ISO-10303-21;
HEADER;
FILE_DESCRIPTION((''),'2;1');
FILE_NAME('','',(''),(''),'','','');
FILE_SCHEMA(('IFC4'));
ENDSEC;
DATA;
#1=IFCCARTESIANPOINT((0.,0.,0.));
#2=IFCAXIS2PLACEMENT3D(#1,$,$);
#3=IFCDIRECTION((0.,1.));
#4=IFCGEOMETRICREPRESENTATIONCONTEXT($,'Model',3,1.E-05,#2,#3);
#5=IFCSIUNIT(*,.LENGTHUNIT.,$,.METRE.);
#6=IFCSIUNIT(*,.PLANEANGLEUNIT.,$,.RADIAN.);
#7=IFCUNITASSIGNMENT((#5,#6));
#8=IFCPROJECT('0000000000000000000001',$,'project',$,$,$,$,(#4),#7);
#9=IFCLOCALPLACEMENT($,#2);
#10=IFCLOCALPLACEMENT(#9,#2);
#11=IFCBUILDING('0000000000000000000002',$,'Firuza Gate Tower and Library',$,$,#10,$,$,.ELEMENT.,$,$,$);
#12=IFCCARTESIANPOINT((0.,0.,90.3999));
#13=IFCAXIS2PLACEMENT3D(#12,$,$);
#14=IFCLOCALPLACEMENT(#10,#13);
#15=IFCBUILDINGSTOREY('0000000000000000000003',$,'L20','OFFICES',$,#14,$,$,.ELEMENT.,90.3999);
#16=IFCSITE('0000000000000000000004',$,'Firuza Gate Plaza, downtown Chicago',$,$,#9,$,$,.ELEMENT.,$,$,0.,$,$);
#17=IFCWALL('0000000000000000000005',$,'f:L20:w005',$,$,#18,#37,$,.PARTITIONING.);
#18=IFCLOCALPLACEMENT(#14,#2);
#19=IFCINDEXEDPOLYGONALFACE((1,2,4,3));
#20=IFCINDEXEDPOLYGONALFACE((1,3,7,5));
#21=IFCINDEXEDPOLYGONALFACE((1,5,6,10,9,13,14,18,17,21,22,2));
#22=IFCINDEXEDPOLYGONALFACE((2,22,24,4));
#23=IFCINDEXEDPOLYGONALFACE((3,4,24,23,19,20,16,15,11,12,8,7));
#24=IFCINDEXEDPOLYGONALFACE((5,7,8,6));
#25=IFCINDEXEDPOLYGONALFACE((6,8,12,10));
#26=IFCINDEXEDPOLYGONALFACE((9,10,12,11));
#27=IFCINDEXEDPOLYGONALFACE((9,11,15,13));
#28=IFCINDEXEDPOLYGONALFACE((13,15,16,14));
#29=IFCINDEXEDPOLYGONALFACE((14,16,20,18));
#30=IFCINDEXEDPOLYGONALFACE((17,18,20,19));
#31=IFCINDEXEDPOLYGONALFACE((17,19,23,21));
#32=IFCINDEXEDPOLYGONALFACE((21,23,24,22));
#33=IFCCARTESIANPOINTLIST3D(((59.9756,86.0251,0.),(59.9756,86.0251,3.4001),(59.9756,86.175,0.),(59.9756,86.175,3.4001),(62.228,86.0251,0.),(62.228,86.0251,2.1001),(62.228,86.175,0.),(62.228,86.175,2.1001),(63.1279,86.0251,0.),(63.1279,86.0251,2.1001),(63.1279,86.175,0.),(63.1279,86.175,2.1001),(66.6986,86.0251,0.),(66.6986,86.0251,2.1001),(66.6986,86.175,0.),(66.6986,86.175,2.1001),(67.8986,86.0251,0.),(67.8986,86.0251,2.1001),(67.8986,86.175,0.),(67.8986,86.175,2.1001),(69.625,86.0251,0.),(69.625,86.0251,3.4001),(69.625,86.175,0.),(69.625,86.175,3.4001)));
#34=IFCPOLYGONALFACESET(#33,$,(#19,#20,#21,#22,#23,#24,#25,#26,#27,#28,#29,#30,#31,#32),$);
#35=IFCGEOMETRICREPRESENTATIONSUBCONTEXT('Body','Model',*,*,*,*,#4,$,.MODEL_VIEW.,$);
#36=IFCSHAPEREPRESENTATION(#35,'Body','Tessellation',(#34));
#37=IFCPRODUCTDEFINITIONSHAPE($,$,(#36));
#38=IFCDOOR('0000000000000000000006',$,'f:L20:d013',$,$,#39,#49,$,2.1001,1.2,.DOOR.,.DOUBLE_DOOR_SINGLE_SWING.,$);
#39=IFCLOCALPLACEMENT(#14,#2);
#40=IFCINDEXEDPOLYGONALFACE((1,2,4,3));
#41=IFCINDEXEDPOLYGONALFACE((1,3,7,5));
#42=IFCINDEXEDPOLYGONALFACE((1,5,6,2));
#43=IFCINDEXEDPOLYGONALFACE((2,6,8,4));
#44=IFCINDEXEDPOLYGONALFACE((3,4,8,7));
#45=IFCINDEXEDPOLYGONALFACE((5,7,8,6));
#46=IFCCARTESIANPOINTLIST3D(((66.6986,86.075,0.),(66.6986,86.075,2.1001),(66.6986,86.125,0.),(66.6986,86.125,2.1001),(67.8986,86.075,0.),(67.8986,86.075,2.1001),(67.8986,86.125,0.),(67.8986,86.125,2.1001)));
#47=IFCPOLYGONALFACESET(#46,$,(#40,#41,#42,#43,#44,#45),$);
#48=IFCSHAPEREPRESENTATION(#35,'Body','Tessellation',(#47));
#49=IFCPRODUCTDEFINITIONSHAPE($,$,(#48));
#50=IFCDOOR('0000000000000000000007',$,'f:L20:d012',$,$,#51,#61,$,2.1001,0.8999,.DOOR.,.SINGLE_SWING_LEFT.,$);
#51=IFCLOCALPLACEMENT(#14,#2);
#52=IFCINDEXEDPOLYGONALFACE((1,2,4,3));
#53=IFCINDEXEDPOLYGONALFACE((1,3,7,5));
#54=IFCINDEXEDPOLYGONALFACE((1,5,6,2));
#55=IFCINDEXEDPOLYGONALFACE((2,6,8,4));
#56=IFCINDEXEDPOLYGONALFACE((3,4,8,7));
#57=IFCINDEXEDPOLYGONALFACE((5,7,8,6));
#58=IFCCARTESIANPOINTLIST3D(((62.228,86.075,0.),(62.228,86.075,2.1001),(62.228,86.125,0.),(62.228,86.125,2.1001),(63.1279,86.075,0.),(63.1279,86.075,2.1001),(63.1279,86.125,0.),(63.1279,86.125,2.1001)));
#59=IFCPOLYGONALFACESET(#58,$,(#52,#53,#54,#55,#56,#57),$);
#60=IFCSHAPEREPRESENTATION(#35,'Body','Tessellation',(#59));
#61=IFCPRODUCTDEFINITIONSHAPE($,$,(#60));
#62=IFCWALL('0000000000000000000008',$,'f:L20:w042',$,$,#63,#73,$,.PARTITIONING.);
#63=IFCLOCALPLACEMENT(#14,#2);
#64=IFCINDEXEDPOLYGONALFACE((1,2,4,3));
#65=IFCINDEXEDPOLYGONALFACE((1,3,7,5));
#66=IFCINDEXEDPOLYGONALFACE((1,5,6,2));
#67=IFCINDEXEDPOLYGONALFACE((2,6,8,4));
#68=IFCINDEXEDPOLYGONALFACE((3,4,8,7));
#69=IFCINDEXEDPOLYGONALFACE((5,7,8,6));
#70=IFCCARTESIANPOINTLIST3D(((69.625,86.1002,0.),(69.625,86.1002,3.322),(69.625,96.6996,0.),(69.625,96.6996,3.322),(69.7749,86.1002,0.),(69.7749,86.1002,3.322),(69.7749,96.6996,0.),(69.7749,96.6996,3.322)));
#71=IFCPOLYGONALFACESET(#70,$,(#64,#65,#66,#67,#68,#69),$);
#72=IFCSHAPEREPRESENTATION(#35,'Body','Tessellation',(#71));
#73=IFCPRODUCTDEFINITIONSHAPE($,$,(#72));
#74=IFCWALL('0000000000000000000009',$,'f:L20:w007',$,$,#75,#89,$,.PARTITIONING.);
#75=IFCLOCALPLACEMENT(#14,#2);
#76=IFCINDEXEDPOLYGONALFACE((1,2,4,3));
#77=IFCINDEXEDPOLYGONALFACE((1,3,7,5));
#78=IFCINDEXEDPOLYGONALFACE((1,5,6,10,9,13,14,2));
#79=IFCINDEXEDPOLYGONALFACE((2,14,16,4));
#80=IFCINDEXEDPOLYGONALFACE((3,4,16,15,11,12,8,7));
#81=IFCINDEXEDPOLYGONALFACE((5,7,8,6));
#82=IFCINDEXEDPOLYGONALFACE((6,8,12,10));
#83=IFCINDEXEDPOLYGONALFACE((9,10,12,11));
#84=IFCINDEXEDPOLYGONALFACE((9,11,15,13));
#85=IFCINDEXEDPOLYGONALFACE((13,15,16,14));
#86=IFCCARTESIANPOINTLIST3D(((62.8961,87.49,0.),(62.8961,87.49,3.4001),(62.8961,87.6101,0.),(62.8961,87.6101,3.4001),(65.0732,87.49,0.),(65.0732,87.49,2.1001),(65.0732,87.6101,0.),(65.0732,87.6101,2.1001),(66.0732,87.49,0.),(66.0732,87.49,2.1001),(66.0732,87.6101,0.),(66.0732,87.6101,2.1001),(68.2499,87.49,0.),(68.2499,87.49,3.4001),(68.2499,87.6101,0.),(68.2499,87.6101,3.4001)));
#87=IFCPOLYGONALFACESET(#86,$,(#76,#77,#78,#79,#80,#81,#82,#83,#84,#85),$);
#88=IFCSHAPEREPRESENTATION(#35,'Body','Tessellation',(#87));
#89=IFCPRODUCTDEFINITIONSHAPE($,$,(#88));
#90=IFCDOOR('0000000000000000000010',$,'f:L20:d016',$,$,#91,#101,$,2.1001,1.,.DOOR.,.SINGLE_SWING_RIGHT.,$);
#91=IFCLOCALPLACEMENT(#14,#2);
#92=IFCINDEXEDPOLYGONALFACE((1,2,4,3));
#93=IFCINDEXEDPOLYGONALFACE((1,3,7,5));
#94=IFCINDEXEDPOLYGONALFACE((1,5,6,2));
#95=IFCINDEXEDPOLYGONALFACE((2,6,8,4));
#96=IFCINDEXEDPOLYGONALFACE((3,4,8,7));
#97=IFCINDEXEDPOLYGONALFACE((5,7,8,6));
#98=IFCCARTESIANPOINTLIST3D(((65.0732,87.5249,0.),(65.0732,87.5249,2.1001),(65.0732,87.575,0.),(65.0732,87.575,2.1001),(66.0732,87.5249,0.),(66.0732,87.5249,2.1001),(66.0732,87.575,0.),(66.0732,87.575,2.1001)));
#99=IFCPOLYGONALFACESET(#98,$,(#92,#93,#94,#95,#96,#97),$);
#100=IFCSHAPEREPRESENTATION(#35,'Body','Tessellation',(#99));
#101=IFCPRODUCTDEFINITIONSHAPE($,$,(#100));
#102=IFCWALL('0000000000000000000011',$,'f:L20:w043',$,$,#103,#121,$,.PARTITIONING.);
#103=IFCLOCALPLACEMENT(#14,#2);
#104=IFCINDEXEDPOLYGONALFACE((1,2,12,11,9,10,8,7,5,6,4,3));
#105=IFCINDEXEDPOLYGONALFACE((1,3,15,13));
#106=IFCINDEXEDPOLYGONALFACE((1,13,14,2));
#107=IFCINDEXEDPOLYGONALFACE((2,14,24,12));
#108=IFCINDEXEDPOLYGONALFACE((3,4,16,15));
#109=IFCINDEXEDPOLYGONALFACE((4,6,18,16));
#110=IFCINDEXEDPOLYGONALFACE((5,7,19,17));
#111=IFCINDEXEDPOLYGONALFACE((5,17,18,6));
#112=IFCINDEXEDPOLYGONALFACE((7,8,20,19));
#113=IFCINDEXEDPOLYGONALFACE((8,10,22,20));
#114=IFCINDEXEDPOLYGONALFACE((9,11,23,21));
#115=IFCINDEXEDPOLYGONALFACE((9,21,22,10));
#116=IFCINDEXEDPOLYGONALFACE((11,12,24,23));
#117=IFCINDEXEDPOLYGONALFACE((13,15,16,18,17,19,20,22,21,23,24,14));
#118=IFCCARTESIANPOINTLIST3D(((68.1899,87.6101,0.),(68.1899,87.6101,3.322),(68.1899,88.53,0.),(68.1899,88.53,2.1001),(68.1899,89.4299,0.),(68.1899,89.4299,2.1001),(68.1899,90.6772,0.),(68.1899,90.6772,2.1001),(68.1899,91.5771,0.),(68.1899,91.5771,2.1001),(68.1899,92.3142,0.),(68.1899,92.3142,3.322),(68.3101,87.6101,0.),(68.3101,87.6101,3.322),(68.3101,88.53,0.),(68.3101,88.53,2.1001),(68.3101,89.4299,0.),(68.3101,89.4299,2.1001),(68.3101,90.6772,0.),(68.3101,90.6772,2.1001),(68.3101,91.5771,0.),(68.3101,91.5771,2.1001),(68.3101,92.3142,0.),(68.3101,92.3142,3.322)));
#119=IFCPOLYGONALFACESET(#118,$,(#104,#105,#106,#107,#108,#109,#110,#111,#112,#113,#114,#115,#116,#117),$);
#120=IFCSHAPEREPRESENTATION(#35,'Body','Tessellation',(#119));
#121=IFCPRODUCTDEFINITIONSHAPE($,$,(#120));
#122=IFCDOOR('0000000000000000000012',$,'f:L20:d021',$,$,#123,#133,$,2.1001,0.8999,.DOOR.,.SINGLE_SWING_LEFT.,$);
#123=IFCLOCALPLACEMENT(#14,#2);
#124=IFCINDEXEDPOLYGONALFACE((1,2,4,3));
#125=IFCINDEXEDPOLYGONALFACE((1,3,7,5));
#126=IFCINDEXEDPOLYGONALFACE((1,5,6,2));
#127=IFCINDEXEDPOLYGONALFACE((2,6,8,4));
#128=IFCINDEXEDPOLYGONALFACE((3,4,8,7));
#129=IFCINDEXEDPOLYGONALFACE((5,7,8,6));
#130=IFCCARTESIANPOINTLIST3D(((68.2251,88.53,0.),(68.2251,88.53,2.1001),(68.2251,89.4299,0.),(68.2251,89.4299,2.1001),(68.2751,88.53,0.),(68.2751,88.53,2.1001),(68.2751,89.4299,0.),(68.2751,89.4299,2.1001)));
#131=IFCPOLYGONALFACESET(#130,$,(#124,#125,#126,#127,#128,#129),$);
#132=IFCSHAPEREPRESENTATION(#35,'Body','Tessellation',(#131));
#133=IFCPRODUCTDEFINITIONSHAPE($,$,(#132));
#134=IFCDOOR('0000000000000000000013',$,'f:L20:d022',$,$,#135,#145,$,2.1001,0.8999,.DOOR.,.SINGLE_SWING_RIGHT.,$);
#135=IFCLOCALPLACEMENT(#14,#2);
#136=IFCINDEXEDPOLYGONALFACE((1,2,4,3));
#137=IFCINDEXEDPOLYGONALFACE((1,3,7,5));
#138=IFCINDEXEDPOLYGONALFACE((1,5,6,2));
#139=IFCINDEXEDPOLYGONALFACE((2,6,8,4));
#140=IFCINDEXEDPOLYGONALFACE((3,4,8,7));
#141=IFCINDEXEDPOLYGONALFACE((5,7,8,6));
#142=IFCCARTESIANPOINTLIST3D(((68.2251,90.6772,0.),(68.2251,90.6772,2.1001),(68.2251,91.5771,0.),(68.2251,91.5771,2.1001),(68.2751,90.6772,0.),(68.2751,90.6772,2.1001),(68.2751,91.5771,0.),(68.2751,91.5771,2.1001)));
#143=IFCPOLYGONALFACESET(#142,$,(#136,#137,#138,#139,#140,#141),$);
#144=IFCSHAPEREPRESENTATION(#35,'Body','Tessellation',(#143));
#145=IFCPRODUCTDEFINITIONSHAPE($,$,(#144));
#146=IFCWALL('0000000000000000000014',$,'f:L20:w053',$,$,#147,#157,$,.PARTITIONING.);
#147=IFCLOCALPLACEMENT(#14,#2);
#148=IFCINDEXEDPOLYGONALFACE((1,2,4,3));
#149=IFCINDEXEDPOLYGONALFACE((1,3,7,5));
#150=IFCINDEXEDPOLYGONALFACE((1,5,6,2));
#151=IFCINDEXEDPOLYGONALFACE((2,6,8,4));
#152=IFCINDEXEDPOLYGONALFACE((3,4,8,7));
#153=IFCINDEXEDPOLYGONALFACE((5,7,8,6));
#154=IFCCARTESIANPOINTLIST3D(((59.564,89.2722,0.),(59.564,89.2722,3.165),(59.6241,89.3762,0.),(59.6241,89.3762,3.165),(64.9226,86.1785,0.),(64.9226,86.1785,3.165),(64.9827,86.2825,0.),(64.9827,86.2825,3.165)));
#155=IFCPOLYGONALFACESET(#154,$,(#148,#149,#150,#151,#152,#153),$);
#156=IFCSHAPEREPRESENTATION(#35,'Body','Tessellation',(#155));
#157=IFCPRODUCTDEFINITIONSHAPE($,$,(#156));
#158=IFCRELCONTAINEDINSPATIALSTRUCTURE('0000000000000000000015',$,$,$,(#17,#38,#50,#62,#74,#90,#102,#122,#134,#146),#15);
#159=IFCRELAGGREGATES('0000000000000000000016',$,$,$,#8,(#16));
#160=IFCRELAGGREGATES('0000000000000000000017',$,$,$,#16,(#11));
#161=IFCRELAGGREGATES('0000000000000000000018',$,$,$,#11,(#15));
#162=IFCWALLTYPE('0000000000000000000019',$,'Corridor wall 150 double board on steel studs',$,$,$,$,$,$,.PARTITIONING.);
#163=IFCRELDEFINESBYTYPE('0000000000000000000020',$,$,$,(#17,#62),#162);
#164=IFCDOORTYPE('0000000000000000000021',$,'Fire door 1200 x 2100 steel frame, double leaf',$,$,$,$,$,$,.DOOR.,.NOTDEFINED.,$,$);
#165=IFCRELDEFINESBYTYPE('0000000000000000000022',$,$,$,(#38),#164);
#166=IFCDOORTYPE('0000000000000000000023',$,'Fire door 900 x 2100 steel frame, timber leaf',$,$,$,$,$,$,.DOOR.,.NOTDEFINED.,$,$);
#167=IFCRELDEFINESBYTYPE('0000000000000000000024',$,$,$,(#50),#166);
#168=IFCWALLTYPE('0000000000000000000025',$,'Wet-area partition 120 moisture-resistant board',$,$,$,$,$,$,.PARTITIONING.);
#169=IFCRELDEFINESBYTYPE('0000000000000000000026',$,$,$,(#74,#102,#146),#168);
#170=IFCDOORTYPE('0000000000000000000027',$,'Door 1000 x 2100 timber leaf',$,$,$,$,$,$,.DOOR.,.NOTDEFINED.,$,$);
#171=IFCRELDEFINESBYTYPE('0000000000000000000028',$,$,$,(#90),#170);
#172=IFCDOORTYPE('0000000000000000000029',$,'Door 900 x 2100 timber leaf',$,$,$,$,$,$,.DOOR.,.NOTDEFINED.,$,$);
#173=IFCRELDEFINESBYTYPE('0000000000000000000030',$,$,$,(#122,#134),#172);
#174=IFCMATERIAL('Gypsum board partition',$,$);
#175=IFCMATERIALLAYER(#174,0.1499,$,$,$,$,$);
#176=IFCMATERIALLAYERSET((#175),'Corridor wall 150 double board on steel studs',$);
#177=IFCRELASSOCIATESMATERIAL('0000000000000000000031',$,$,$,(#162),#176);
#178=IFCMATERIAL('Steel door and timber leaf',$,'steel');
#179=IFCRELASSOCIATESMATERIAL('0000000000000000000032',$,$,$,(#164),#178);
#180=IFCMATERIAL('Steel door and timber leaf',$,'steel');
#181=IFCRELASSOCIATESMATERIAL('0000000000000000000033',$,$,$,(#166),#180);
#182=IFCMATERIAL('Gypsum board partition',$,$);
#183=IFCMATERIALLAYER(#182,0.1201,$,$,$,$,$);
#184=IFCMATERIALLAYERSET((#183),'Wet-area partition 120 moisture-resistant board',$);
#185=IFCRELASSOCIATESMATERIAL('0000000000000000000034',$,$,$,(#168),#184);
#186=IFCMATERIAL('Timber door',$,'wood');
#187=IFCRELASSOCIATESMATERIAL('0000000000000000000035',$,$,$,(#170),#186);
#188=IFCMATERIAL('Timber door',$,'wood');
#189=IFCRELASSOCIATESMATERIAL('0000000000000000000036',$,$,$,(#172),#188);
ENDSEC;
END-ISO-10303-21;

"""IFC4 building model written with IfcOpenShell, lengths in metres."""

from ifc_helpers import new_model, si_unit, direction, frame, frame_2d, origin, place, context, subcontext, project, spatial, rectangle, extrude, material, layer, layer_set, type_object, element, fill, save


model = new_model("IFC4")

# Units and contexts
model_context = context("Model", 3, precision=1e-05, world=origin(), true_north=direction((0.0, 1.0)))
body_context = subcontext(model_context, "Body", "Model", "MODEL_VIEW")
ifc_project = project(units=[si_unit("LENGTHUNIT", "METRE"), si_unit("PLANEANGLEUNIT", "RADIAN")], contexts=[model_context])

# Site, building, storey
site_placement = place(None, origin())
site = spatial("IfcSite", under=ifc_project, at=site_placement, Name="Firuza Gate Plaza, downtown Chicago", CompositionType="ELEMENT", RefElevation=0.0)
building_placement = place(site_placement, origin())
building = spatial("IfcBuilding", under=site, at=building_placement, Name="Firuza Gate Tower and Library", CompositionType="ELEMENT")
storey_placement = place(building_placement, frame((0.0, 0.0, 90.3999)))
storey = spatial("IfcBuildingStorey", under=building, at=storey_placement, Name="L20", Description="OFFICES", CompositionType="ELEMENT", Elevation=90.3999)

# Wall, openings, doors
ifc_material_1 = material(Name="Gypsum board partition")
ifc_layer_1 = layer(ifc_material_1, 0.1499)
ifc_layer_set_1 = layer_set([ifc_layer_1], Name="Corridor wall 150 double board on steel studs")
wall_type_1 = type_object("IfcWallType", Name="Corridor wall 150 double board on steel studs", PredefinedType="PARTITIONING", material=ifc_layer_set_1)
wall_1_placement = place(storey_placement, frame((59.9756, 86.1001, 0.0), z_axis=(0.0, 0.0, 1.0), x_axis=(1.0, 0.0, 0.0)))
wall_1 = element("IfcWall", 1, at=wall_1_placement, inside=storey, type_object=wall_type_1, Name="f:L20:w005", PredefinedType="PARTITIONING", context=body_context, shape_type="SweptSolid", body=[
    extrude(rectangle(XDim=9.6494, YDim=0.1499, at=frame_2d((4.8247, 0.0))), origin(), (0.0, 0.0, 1.0), 3.4001),
])
opening_1_placement = place(wall_1_placement, frame((2.2524, 0.0, 0.0)))
opening_1 = element("IfcOpeningElement", 2, at=opening_1_placement, cuts=wall_1, PredefinedType="OPENING", context=body_context, shape_type="SweptSolid", body=[
    extrude(rectangle(XDim=0.8999, YDim=2.1001, at=frame_2d((0.45, 1.05))), frame((0.0, 0.085, 0.0), z_axis=(0.0, -1.0, 0.0), x_axis=(1.0, 0.0, 0.0)), (0.0, 0.0, 1.0), 0.1699),
])
opening_2_placement = place(wall_1_placement, frame((6.7229, 0.0, 0.0)))
opening_2 = element("IfcOpeningElement", 3, at=opening_2_placement, cuts=wall_1, PredefinedType="OPENING", context=body_context, shape_type="SweptSolid", body=[
    extrude(rectangle(XDim=1.2, YDim=2.1001, at=frame_2d((0.6001, 1.05))), frame((0.0, 0.085, 0.0), z_axis=(0.0, -1.0, 0.0), x_axis=(1.0, 0.0, 0.0)), (0.0, 0.0, 1.0), 0.1699),
])
ifc_material_2 = material(Name="Steel door and timber leaf", Category="steel")
door_type_1 = type_object("IfcDoorType", Name="Fire door 1200 x 2100 steel frame, double leaf", OperationType="NOTDEFINED", PredefinedType="DOOR", material=ifc_material_2)
door_1_placement = place(opening_2_placement, origin())
door_1 = element("IfcDoor", 4, at=door_1_placement, inside=storey, type_object=door_type_1, Name="f:L20:d013", OperationType="DOUBLE_DOOR_SINGLE_SWING", OverallHeight=2.1001, OverallWidth=1.2, PredefinedType="DOOR", context=body_context, shape_type="SweptSolid", body=[
    extrude(rectangle(XDim=1.2, YDim=2.1001, at=frame_2d((0.6001, 1.05))), frame((0.0, 0.0249, 0.0), z_axis=(0.0, -1.0, 0.0), x_axis=(1.0, 0.0, 0.0)), (0.0, 0.0, 1.0), 0.05),
])
fill(opening_2, door_1)
ifc_material_3 = material(Name="Steel door and timber leaf", Category="steel")
door_type_2 = type_object("IfcDoorType", Name="Fire door 900 x 2100 steel frame, timber leaf", OperationType="NOTDEFINED", PredefinedType="DOOR", material=ifc_material_3)
door_2_placement = place(opening_1_placement, origin())
door_2 = element("IfcDoor", 5, at=door_2_placement, inside=storey, type_object=door_type_2, Name="f:L20:d012", OperationType="SINGLE_SWING_LEFT", OverallHeight=2.1001, OverallWidth=0.8999, PredefinedType="DOOR", context=body_context, shape_type="SweptSolid", body=[
    extrude(rectangle(XDim=0.8999, YDim=2.1001, at=frame_2d((0.45, 1.05))), frame((0.0, 0.0249, 0.0), z_axis=(0.0, -1.0, 0.0), x_axis=(1.0, 0.0, 0.0)), (0.0, 0.0, 1.0), 0.05),
])
fill(opening_1, door_2)

# Wall
wall_2_placement = place(storey_placement, frame((69.7, 86.1001, 0.0), z_axis=(0.0, 0.0, 1.0), x_axis=(0.0, 1.0, 0.0)))
element("IfcWall", 6, at=wall_2_placement, inside=storey, type_object=wall_type_1, Name="f:L20:w042", PredefinedType="PARTITIONING", context=body_context, shape_type="SweptSolid", body=[
    extrude(rectangle(XDim=10.5994, YDim=0.1499, at=frame_2d((5.2998, 0.0))), origin(), (0.0, 0.0, 1.0), 3.322),
])

# Wall, opening, door
ifc_material_4 = material(Name="Gypsum board partition")
ifc_layer_2 = layer(ifc_material_4, 0.1201)
ifc_layer_set_2 = layer_set([ifc_layer_2], Name="Wet-area partition 120 moisture-resistant board")
wall_type_2 = type_object("IfcWallType", Name="Wet-area partition 120 moisture-resistant board", PredefinedType="PARTITIONING", material=ifc_layer_set_2)
wall_3_placement = place(storey_placement, frame((62.8962, 87.55, 0.0), z_axis=(0.0, 0.0, 1.0), x_axis=(1.0, 0.0, 0.0)))
wall_3 = element("IfcWall", 7, at=wall_3_placement, inside=storey, type_object=wall_type_2, Name="f:L20:w007", PredefinedType="PARTITIONING", context=body_context, shape_type="SweptSolid", body=[
    extrude(rectangle(XDim=5.3538, YDim=0.1201, at=frame_2d((2.6768, 0.0))), origin(), (0.0, 0.0, 1.0), 3.4001),
])
opening_3_placement = place(wall_3_placement, frame((2.177, 0.0, 0.0)))
opening_3 = element("IfcOpeningElement", 8, at=opening_3_placement, cuts=wall_3, PredefinedType="OPENING", context=body_context, shape_type="SweptSolid", body=[
    extrude(rectangle(XDim=1.0, YDim=2.1001, at=frame_2d((0.5, 1.05))), frame((0.0, 0.0701, 0.0), z_axis=(0.0, -1.0, 0.0), x_axis=(1.0, 0.0, 0.0)), (0.0, 0.0, 1.0), 0.1401),
])
ifc_material_5 = material(Name="Timber door", Category="wood")
door_type_3 = type_object("IfcDoorType", Name="Door 1000 x 2100 timber leaf", OperationType="NOTDEFINED", PredefinedType="DOOR", material=ifc_material_5)
door_3_placement = place(opening_3_placement, origin())
door_3 = element("IfcDoor", 9, at=door_3_placement, inside=storey, type_object=door_type_3, Name="f:L20:d016", OperationType="SINGLE_SWING_RIGHT", OverallHeight=2.1001, OverallWidth=1.0, PredefinedType="DOOR", context=body_context, shape_type="SweptSolid", body=[
    extrude(rectangle(XDim=1.0, YDim=2.1001, at=frame_2d((0.5, 1.05))), frame((0.0, 0.0249, 0.0), z_axis=(0.0, -1.0, 0.0), x_axis=(1.0, 0.0, 0.0)), (0.0, 0.0, 1.0), 0.05),
])
fill(opening_3, door_3)

# Wall, openings, doors
wall_4_placement = place(storey_placement, frame((68.25, 87.6101, 0.0), z_axis=(0.0, 0.0, 1.0), x_axis=(0.0, 1.0, 0.0)))
wall_4 = element("IfcWall", 10, at=wall_4_placement, inside=storey, type_object=wall_type_2, Name="f:L20:w043", PredefinedType="PARTITIONING", context=body_context, shape_type="SweptSolid", body=[
    extrude(rectangle(XDim=4.7041, YDim=0.1201, at=frame_2d((2.3521, 0.0))), origin(), (0.0, 0.0, 1.0), 3.322),
])
opening_4_placement = place(wall_4_placement, frame((0.9199, 0.0, 0.0)))
opening_4 = element("IfcOpeningElement", 11, at=opening_4_placement, cuts=wall_4, PredefinedType="OPENING", context=body_context, shape_type="SweptSolid", body=[
    extrude(rectangle(XDim=0.8999, YDim=2.1001, at=frame_2d((0.45, 1.05))), frame((0.0, 0.0701, 0.0), z_axis=(0.0, -1.0, 0.0), x_axis=(1.0, 0.0, 0.0)), (0.0, 0.0, 1.0), 0.1401),
])
opening_5_placement = place(wall_4_placement, frame((3.0671, 0.0, 0.0)))
opening_5 = element("IfcOpeningElement", 12, at=opening_5_placement, cuts=wall_4, PredefinedType="OPENING", context=body_context, shape_type="SweptSolid", body=[
    extrude(rectangle(XDim=0.8999, YDim=2.1001, at=frame_2d((0.45, 1.05))), frame((0.0, 0.0701, 0.0), z_axis=(0.0, -1.0, 0.0), x_axis=(1.0, 0.0, 0.0)), (0.0, 0.0, 1.0), 0.1401),
])
ifc_material_6 = material(Name="Timber door", Category="wood")
door_type_4 = type_object("IfcDoorType", Name="Door 900 x 2100 timber leaf", OperationType="NOTDEFINED", PredefinedType="DOOR", material=ifc_material_6)
door_4_placement = place(opening_4_placement, origin())
door_4 = element("IfcDoor", 13, at=door_4_placement, inside=storey, type_object=door_type_4, Name="f:L20:d021", OperationType="SINGLE_SWING_LEFT", OverallHeight=2.1001, OverallWidth=0.8999, PredefinedType="DOOR", context=body_context, shape_type="SweptSolid", body=[
    extrude(rectangle(XDim=0.8999, YDim=2.1001, at=frame_2d((0.45, 1.05))), frame((0.0, 0.0249, 0.0), z_axis=(0.0, -1.0, 0.0), x_axis=(1.0, 0.0, 0.0)), (0.0, 0.0, 1.0), 0.05),
])
fill(opening_4, door_4)
door_5_placement = place(opening_5_placement, origin())
door_5 = element("IfcDoor", 14, at=door_5_placement, inside=storey, type_object=door_type_4, Name="f:L20:d022", OperationType="SINGLE_SWING_RIGHT", OverallHeight=2.1001, OverallWidth=0.8999, PredefinedType="DOOR", context=body_context, shape_type="SweptSolid", body=[
    extrude(rectangle(XDim=0.8999, YDim=2.1001, at=frame_2d((0.45, 1.05))), frame((0.0, 0.0249, 0.0), z_axis=(0.0, -1.0, 0.0), x_axis=(1.0, 0.0, 0.0)), (0.0, 0.0, 1.0), 0.05),
])
fill(opening_5, door_5)

# Wall
wall_5_placement = place(storey_placement, frame((64.9526, 86.2305, 0.0), z_axis=(0.0, 0.0, 1.0), x_axis=(-0.86603, 0.499992, 0.0)))
element("IfcWall", 15, at=wall_5_placement, inside=storey, type_object=wall_type_2, Name="f:L20:w053", PredefinedType="PARTITIONING", context=body_context, shape_type="SweptSolid", body=[
    extrude(rectangle(XDim=6.1875, YDim=0.1201, at=frame_2d((3.0938, 0.0))), origin(), (0.0, 0.0, 1.0), 3.165),
])

save(model, "model.ifc")
